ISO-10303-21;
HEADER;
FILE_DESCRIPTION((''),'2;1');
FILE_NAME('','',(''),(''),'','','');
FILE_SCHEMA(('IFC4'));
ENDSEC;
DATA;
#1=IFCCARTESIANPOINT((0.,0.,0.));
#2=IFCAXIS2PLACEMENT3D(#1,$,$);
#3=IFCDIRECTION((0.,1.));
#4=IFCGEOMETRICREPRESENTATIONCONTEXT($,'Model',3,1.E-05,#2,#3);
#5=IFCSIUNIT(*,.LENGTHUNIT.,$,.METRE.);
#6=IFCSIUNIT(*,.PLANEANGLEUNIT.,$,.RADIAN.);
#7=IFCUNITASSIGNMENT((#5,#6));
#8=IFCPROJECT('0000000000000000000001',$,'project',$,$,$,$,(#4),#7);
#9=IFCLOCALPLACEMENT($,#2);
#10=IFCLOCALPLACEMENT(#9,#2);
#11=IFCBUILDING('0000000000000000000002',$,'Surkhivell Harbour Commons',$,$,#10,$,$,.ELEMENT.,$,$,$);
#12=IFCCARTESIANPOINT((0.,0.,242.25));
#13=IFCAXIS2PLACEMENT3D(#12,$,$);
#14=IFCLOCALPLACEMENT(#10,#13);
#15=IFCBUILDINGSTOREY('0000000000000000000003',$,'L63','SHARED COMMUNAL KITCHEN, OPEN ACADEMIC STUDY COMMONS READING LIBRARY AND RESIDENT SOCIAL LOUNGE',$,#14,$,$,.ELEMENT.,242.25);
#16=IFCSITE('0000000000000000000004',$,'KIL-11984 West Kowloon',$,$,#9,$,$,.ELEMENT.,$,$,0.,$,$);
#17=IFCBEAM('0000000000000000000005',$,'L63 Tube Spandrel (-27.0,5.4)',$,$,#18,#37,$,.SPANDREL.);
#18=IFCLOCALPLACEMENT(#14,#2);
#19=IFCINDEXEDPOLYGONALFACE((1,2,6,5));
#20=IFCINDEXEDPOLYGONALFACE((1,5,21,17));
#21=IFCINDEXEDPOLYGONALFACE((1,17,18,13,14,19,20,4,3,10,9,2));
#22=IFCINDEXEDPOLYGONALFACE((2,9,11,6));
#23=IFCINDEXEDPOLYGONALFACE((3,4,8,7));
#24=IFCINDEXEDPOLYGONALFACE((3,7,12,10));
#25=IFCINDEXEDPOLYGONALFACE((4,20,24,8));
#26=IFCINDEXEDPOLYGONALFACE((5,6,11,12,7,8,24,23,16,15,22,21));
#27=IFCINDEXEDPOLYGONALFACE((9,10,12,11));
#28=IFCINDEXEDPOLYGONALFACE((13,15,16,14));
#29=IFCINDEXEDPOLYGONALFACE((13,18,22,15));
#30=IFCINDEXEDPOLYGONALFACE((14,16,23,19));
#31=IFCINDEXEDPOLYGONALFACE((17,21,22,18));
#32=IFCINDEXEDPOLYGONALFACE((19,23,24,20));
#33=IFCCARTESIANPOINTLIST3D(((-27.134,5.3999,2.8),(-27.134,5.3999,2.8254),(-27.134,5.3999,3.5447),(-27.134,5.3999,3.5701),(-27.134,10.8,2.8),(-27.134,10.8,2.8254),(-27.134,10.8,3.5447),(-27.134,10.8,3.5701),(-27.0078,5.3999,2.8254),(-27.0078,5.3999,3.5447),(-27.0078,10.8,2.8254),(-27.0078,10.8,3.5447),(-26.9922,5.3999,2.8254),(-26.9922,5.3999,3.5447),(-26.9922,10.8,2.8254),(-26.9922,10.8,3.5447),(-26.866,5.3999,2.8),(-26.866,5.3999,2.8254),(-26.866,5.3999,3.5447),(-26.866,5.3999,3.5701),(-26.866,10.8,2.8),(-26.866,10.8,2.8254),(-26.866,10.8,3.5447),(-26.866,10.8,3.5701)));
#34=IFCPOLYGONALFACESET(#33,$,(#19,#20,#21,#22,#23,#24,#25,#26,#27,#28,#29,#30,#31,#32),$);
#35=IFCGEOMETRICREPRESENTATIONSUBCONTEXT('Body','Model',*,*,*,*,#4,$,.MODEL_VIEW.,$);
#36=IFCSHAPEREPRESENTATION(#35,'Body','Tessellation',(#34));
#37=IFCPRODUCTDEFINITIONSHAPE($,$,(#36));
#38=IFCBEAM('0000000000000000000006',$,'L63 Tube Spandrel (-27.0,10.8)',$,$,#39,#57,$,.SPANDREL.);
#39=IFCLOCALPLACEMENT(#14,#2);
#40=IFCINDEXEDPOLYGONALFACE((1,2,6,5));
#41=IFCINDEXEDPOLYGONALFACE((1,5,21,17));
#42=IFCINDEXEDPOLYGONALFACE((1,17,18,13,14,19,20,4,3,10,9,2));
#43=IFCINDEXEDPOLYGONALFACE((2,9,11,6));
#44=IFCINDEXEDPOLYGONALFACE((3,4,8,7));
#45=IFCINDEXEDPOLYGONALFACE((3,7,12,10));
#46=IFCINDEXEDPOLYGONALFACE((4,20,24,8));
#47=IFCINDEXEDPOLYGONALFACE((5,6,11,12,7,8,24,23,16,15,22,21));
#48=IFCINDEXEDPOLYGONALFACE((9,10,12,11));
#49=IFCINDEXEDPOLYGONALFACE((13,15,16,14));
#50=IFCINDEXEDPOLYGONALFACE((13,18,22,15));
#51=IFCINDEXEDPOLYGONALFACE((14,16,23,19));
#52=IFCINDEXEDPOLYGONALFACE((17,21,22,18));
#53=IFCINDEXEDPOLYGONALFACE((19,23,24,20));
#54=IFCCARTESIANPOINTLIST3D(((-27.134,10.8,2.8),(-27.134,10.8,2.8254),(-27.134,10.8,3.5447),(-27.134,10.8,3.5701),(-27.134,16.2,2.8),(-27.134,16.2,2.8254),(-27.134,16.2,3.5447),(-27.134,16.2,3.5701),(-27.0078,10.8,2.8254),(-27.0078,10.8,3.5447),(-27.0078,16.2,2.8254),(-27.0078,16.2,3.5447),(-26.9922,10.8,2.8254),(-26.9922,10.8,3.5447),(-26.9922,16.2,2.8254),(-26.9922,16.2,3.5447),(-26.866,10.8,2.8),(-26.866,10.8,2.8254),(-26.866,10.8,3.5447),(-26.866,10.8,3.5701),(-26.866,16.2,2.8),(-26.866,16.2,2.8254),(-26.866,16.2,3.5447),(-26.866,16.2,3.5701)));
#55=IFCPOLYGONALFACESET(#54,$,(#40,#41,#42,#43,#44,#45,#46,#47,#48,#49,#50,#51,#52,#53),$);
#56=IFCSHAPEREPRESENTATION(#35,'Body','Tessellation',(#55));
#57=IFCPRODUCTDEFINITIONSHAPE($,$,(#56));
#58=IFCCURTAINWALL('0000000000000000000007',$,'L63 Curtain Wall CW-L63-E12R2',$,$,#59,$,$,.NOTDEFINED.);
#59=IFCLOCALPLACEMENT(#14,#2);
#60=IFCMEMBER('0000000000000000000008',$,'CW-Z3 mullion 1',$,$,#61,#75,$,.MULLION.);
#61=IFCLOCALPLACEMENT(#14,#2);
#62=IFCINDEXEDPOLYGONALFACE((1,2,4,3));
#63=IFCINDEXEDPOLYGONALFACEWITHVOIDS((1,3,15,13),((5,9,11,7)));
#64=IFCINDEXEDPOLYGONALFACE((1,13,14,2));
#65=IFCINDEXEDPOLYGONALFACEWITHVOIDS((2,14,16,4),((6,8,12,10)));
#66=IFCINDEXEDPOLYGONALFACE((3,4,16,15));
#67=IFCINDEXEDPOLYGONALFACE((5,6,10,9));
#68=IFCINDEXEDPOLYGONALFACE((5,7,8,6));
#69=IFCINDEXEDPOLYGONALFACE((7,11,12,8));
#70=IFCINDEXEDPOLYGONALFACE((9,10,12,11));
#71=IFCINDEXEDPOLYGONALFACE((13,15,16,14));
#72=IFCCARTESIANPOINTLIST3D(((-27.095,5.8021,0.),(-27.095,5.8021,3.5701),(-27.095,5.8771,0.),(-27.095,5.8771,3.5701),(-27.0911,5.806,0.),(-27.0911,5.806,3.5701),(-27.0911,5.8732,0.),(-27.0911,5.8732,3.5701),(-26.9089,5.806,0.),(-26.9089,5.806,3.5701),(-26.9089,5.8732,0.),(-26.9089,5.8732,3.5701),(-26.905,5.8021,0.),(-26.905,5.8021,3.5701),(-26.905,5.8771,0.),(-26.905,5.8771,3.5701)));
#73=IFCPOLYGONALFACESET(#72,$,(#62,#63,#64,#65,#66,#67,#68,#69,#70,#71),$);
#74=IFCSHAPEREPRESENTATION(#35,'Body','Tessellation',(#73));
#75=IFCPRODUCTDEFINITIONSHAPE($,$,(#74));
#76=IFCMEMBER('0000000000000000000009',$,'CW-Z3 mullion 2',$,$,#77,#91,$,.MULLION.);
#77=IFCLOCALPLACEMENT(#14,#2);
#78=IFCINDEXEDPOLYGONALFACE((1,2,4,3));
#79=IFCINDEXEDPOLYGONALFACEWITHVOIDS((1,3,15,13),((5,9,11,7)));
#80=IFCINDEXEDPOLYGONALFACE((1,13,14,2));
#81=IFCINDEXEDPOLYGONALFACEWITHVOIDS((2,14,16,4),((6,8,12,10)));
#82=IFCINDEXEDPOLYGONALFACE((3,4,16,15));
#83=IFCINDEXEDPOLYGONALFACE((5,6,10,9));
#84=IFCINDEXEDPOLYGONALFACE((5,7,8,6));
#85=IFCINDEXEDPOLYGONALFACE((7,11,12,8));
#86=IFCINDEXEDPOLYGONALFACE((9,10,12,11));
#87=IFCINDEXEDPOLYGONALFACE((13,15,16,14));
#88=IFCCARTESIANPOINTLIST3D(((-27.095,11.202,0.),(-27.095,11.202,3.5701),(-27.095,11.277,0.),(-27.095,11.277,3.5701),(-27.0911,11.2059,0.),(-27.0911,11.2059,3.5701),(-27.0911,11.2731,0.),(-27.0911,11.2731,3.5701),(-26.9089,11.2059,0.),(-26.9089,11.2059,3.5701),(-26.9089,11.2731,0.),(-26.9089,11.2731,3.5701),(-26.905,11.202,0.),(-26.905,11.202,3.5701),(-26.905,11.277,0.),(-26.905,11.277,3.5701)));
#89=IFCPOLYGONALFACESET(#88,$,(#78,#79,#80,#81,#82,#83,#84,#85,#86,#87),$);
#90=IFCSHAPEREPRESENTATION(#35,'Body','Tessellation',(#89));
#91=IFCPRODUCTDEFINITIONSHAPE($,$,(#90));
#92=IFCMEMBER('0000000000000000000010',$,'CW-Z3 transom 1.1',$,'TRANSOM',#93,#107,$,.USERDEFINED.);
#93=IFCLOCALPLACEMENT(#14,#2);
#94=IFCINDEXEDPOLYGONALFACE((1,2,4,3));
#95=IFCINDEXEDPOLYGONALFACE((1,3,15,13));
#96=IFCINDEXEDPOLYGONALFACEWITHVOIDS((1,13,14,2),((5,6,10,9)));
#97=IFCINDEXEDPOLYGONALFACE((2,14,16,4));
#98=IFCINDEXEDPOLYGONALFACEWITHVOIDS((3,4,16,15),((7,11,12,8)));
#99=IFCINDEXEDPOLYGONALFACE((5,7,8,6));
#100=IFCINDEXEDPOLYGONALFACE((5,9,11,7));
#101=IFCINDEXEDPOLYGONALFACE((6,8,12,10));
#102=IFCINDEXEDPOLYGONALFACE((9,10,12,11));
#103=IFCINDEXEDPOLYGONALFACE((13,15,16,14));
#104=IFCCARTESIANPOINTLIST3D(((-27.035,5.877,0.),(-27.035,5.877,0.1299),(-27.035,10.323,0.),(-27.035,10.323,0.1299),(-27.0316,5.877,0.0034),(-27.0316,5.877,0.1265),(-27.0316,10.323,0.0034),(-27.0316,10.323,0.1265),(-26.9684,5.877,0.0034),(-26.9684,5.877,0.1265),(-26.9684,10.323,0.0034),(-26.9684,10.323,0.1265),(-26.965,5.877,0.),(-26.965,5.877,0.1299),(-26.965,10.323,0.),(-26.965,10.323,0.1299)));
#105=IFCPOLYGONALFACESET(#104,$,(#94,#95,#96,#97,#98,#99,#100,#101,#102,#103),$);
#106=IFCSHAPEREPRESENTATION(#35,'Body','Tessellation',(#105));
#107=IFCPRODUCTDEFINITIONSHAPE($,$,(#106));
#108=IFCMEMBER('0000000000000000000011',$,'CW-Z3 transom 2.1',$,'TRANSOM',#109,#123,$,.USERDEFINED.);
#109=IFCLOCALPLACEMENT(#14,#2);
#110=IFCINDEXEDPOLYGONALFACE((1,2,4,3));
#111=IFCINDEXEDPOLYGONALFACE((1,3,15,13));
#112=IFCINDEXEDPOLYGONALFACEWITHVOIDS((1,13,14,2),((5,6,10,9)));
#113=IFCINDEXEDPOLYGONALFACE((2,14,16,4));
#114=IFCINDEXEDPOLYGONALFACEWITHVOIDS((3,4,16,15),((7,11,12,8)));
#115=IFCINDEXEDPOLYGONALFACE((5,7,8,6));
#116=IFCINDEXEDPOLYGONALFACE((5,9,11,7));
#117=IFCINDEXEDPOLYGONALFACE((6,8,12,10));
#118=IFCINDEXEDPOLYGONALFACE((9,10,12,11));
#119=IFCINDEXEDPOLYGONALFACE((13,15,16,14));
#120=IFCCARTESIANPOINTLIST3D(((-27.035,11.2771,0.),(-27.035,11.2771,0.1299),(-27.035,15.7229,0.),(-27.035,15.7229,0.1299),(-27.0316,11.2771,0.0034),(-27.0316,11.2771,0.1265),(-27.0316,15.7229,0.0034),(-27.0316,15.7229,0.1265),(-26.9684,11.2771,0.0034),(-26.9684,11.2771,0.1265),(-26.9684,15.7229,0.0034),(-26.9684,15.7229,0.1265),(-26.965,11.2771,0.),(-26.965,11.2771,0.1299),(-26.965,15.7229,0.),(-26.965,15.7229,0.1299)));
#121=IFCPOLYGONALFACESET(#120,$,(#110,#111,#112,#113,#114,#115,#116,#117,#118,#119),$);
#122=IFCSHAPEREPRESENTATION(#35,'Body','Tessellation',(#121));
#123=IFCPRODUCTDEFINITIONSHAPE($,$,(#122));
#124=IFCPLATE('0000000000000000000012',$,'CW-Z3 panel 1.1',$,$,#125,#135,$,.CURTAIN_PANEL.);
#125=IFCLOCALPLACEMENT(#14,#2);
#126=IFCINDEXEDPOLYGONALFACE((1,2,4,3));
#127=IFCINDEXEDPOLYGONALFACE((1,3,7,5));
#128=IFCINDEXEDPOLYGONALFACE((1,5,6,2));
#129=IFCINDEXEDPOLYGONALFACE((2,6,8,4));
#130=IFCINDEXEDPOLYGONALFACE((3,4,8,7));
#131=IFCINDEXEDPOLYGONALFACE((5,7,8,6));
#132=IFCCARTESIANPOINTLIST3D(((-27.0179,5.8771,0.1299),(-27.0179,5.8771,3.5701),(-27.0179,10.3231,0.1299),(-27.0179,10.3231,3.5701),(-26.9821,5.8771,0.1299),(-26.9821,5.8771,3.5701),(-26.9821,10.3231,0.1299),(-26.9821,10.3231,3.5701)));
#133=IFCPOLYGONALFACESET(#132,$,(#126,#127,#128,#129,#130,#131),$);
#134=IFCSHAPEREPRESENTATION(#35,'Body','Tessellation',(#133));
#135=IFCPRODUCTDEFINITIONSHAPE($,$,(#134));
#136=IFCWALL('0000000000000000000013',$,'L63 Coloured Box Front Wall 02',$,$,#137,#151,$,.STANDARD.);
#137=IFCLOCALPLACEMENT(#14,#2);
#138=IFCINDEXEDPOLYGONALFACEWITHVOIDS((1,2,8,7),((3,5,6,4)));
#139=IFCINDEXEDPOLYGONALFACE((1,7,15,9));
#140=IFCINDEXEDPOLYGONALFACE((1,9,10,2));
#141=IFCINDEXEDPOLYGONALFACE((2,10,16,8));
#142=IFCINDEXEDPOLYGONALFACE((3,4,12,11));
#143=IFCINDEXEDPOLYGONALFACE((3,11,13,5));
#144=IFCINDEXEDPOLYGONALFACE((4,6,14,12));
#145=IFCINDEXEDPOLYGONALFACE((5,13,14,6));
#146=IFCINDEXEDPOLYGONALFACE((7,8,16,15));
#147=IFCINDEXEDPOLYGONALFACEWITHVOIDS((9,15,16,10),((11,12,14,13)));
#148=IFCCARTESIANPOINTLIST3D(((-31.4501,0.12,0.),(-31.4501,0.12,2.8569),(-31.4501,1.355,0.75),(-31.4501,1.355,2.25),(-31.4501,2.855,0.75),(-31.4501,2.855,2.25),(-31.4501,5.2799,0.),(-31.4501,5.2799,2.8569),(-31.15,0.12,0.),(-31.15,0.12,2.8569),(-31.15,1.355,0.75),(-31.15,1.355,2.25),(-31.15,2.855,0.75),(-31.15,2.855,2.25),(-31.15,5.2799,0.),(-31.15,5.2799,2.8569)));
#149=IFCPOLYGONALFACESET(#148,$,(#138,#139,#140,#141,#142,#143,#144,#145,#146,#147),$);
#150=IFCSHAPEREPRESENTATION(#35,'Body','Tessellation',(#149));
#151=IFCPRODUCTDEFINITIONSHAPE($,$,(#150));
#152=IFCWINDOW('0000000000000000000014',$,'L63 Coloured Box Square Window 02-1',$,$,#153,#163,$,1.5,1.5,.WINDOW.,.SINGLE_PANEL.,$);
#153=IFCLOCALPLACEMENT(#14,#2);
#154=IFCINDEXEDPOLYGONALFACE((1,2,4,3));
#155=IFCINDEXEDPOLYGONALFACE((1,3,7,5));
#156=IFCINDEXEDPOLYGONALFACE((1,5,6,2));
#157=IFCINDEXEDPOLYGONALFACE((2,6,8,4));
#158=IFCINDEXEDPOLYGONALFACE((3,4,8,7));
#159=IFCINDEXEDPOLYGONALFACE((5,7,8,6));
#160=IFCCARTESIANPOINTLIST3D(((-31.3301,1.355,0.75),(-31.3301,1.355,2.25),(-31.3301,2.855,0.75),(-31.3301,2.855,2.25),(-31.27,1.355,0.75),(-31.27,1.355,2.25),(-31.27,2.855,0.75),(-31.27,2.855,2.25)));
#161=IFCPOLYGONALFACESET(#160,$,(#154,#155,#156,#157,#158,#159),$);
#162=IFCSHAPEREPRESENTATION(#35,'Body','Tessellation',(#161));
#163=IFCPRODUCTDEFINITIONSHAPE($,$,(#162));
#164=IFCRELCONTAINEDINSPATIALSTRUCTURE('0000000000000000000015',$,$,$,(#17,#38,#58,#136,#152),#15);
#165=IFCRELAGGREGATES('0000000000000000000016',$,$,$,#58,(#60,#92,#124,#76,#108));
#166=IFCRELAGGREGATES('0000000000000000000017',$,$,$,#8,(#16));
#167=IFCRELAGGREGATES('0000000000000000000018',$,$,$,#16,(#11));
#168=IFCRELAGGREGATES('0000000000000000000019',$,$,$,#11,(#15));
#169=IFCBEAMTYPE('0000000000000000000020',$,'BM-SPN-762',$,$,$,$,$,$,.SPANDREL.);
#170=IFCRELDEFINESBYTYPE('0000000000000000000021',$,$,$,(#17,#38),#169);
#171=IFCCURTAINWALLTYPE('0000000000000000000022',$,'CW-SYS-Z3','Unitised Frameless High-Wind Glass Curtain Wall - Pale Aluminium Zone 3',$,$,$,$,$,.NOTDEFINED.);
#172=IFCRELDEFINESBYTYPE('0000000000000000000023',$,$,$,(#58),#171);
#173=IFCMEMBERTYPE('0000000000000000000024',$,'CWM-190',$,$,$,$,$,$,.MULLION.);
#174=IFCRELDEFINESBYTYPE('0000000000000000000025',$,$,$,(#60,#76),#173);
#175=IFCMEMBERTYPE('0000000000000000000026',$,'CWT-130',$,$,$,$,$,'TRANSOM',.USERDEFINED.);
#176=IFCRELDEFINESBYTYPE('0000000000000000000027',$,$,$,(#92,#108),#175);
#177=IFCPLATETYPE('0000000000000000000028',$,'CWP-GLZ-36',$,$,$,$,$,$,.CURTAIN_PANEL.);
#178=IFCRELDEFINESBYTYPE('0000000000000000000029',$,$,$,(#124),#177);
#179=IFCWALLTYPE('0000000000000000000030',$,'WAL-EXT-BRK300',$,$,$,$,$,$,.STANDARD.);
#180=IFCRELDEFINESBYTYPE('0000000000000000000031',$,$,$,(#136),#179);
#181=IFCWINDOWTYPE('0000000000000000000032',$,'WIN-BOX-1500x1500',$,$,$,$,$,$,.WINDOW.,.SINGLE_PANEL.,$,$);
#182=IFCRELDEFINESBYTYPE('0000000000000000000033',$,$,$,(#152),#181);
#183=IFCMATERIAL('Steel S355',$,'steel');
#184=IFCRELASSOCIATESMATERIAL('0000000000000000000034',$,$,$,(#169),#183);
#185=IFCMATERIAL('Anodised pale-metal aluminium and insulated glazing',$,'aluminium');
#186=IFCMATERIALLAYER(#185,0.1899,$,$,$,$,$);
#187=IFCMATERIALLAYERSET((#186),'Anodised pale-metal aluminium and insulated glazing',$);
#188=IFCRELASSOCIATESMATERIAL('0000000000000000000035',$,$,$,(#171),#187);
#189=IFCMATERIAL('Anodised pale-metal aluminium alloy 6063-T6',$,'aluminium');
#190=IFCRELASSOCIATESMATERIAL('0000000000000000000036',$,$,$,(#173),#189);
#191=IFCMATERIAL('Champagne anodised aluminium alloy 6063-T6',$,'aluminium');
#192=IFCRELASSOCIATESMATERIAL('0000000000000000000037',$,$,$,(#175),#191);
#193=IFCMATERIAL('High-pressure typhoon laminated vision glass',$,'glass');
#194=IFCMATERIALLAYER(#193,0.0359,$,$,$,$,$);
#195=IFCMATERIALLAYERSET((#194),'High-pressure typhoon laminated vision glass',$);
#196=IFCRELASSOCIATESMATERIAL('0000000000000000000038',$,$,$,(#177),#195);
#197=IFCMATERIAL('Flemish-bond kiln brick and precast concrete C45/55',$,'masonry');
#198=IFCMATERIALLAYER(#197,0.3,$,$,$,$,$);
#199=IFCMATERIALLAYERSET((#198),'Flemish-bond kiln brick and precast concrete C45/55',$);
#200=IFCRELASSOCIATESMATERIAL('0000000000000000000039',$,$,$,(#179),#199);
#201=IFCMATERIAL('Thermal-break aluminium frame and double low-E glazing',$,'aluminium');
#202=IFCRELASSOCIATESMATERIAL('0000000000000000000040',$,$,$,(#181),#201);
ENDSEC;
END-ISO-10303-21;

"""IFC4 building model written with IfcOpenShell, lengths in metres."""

from ifc_helpers import new_model, si_unit, direction, frame, frame_2d, origin, origin_2d, place, context, subcontext, project, spatial, rectangle, hollow_rectangle, i_section, extrude, material, layer, layer_set, material_profile, profile_set, type_object, element, fill, aggregate, save


model = new_model("IFC4")

# Units and contexts
model_context = context("Model", 3, precision=1e-05, world=origin(), true_north=direction((0.0, 1.0)))
body_context = subcontext(model_context, "Body", "Model", "MODEL_VIEW")
ifc_project = project(units=[si_unit("LENGTHUNIT", "METRE"), si_unit("PLANEANGLEUNIT", "RADIAN")], contexts=[model_context])

# Site, building, storey
site_placement = place(None, origin())
site = spatial("IfcSite", under=ifc_project, at=site_placement, Name="KIL-11984 West Kowloon", CompositionType="ELEMENT", RefElevation=0.0)
building_placement = place(site_placement, origin())
building = spatial("IfcBuilding", under=site, at=building_placement, Name="Surkhivell Harbour Commons", CompositionType="ELEMENT")
storey_placement = place(building_placement, frame((0.0, 0.0, 242.25)))
storey = spatial("IfcBuildingStorey", under=building, at=storey_placement, Name="L63", Description="SHARED COMMUNAL KITCHEN, OPEN ACADEMIC STUDY COMMONS READING LIBRARY AND RESIDENT SOCIAL LOUNGE", CompositionType="ELEMENT", Elevation=242.25)

# Beams
ifc_material_1 = material(Name="Steel S355", Category="steel")
ifc_material_profile_1 = material_profile(ifc_material_1, i_section(OverallWidth=0.2681, OverallDepth=0.77, WebThickness=0.0156, FlangeThickness=0.0254, at=origin_2d()), Name="UB762x267x197")
ifc_profile_set_1 = profile_set([ifc_material_profile_1], Name="Steel S355")
beam_type_1 = type_object("IfcBeamType", Name="BM-SPN-762", PredefinedType="SPANDREL", material=ifc_profile_set_1)
beam_1_placement = place(storey_placement, frame((-27.0, 5.3999, 3.1851), z_axis=(0.0, 1.0, 0.0), x_axis=(-1.0, 0.0, 0.0)))
element("IfcBeam", 1, at=beam_1_placement, inside=storey, type_object=beam_type_1, Name="L63 Tube Spandrel (-27.0,5.4)", PredefinedType="SPANDREL", context=body_context, shape_type="SweptSolid", body=[
    extrude(i_section(OverallWidth=0.2681, OverallDepth=0.77, WebThickness=0.0156, FlangeThickness=0.0254, at=origin_2d()), origin(), (0.0, 0.0, 1.0), 5.4001),
])
beam_2_placement = place(storey_placement, frame((-27.0, 10.8, 3.1851), z_axis=(0.0, 1.0, 0.0), x_axis=(-1.0, 0.0, 0.0)))
element("IfcBeam", 2, at=beam_2_placement, inside=storey, type_object=beam_type_1, Name="L63 Tube Spandrel (-27.0,10.8)", PredefinedType="SPANDREL", context=body_context, shape_type="SweptSolid", body=[
    extrude(i_section(OverallWidth=0.2681, OverallDepth=0.77, WebThickness=0.0156, FlangeThickness=0.0254, at=origin_2d()), origin(), (0.0, 0.0, 1.0), 5.3999),
])

# Curtain wall, members, plate
ifc_material_2 = material(Name="Anodised pale-metal aluminium and insulated glazing", Category="aluminium")
ifc_layer_1 = layer(ifc_material_2, 0.1899)
ifc_layer_set_1 = layer_set([ifc_layer_1], Name="Anodised pale-metal aluminium and insulated glazing")
curtain_wall_type = type_object("IfcCurtainWallType", Name="CW-SYS-Z3", Description="Unitised Frameless High-Wind Glass Curtain Wall - Pale Aluminium Zone 3", PredefinedType="NOTDEFINED", material=ifc_layer_set_1)
curtain_wall_placement = place(storey_placement, origin())
curtain_wall = element("IfcCurtainWall", 3, at=curtain_wall_placement, inside=storey, type_object=curtain_wall_type, Name="L63 Curtain Wall CW-L63-E12R2", PredefinedType="NOTDEFINED")
ifc_material_3 = material(Name="Anodised pale-metal aluminium alloy 6063-T6", Category="aluminium")
ifc_material_profile_2 = material_profile(ifc_material_3, hollow_rectangle(XDim=0.075, YDim=0.1899, WallThickness=0.0039, at=origin_2d()), Name="ALU-MULL-75x190")
ifc_profile_set_2 = profile_set([ifc_material_profile_2], Name="Anodised pale-metal aluminium alloy 6063-T6")
member_type_1 = type_object("IfcMemberType", Name="CWM-190", PredefinedType="MULLION", material=ifc_profile_set_2)
member_1_placement = place(storey_placement, frame((-27.0, 5.8396, 0.0), z_axis=(0.0, 0.0, 1.0), x_axis=(0.0, 1.0, 0.0)))
member_1 = element("IfcMember", 4, at=member_1_placement, type_object=member_type_1, Name="CW-Z3 mullion 1", PredefinedType="MULLION", context=body_context, shape_type="SweptSolid", body=[
    extrude(hollow_rectangle(XDim=0.075, YDim=0.1899, WallThickness=0.0039, at=origin_2d()), origin(), (0.0, 0.0, 1.0), 3.5701),
])
member_2_placement = place(storey_placement, frame((-27.0, 11.2395, 0.0), z_axis=(0.0, 0.0, 1.0), x_axis=(0.0, 1.0, 0.0)))
member_2 = element("IfcMember", 5, at=member_2_placement, type_object=member_type_1, Name="CW-Z3 mullion 2", PredefinedType="MULLION", context=body_context, shape_type="SweptSolid", body=[
    extrude(hollow_rectangle(XDim=0.075, YDim=0.1899, WallThickness=0.0039, at=origin_2d()), origin(), (0.0, 0.0, 1.0), 3.5701),
])
ifc_material_4 = material(Name="Champagne anodised aluminium alloy 6063-T6", Category="aluminium")
ifc_material_profile_3 = material_profile(ifc_material_4, hollow_rectangle(XDim=0.0701, YDim=0.1299, WallThickness=0.0034, at=origin_2d()), Name="ALU-TRAN-70x130")
ifc_profile_set_3 = profile_set([ifc_material_profile_3], Name="Champagne anodised aluminium alloy 6063-T6")
member_type_2 = type_object("IfcMemberType", Name="CWT-130", ElementType="TRANSOM", PredefinedType="USERDEFINED", material=ifc_profile_set_3)
member_3_placement = place(storey_placement, frame((-27.0, 5.877, 0.0649), z_axis=(0.0, 1.0, 0.0), x_axis=(-1.0, 0.0, 0.0)))
member_3 = element("IfcMember", 6, at=member_3_placement, type_object=member_type_2, Name="CW-Z3 transom 1.1", ObjectType="TRANSOM", PredefinedType="USERDEFINED", context=body_context, shape_type="SweptSolid", body=[
    extrude(hollow_rectangle(XDim=0.0701, YDim=0.1299, WallThickness=0.0034, at=origin_2d()), origin(), (0.0, 0.0, 1.0), 4.446),
])
member_4_placement = place(storey_placement, frame((-27.0, 11.2771, 0.0649), z_axis=(0.0, 1.0, 0.0), x_axis=(-1.0, 0.0, 0.0)))
member_4 = element("IfcMember", 7, at=member_4_placement, type_object=member_type_2, Name="CW-Z3 transom 2.1", ObjectType="TRANSOM", PredefinedType="USERDEFINED", context=body_context, shape_type="SweptSolid", body=[
    extrude(hollow_rectangle(XDim=0.0701, YDim=0.1299, WallThickness=0.0034, at=origin_2d()), origin(), (0.0, 0.0, 1.0), 4.4458),
])
ifc_material_5 = material(Name="High-pressure typhoon laminated vision glass", Category="glass")
ifc_layer_2 = layer(ifc_material_5, 0.0359)
ifc_layer_set_2 = layer_set([ifc_layer_2], Name="High-pressure typhoon laminated vision glass")
plate_type = type_object("IfcPlateType", Name="CWP-GLZ-36", PredefinedType="CURTAIN_PANEL", material=ifc_layer_set_2)
plate_placement = place(storey_placement, frame((-27.0, 5.877, 0.1299), z_axis=(0.0, 0.0, 1.0), x_axis=(0.0, 1.0, 0.0)))
plate = element("IfcPlate", 8, at=plate_placement, type_object=plate_type, Name="CW-Z3 panel 1.1", PredefinedType="CURTAIN_PANEL", context=body_context, shape_type="SweptSolid", body=[
    extrude(rectangle(XDim=4.446, YDim=0.0359, at=frame_2d((2.2231, 0.0))), origin(), (0.0, 0.0, 1.0), 3.4402),
])
aggregate(curtain_wall, [member_1, member_3, plate, member_2, member_4])

# Wall, opening, window
ifc_material_6 = material(Name="Flemish-bond kiln brick and precast concrete C45/55", Category="masonry")
ifc_layer_3 = layer(ifc_material_6, 0.3)
ifc_layer_set_3 = layer_set([ifc_layer_3], Name="Flemish-bond kiln brick and precast concrete C45/55")
wall_type_1 = type_object("IfcWallType", Name="WAL-EXT-BRK300", PredefinedType="STANDARD", material=ifc_layer_set_3)
wall_1_placement = place(storey_placement, frame((-31.3, 5.28, 0.0), z_axis=(0.0, 0.0, 1.0), x_axis=(0.0, -1.0, 0.0)))
wall_1 = element("IfcWall", 9, at=wall_1_placement, inside=storey, type_object=wall_type_1, Name="L63 Coloured Box Front Wall 02", PredefinedType="STANDARD", context=body_context, shape_type="SweptSolid", body=[
    extrude(rectangle(XDim=5.1599, YDim=0.3, at=frame_2d((2.5801, 0.0))), origin(), (0.0, 0.0, 1.0), 2.8569),
])
opening_1_placement = place(wall_1_placement, frame((2.425, 0.0, 0.75)))
opening_1 = element("IfcOpeningElement", 10, at=opening_1_placement, cuts=wall_1, PredefinedType="OPENING", context=body_context, shape_type="SweptSolid", body=[
    extrude(rectangle(XDim=1.5, YDim=1.5, at=frame_2d((0.75, 0.75))), frame((0.0, 0.1599, 0.0), z_axis=(0.0, -1.0, 0.0), x_axis=(1.0, 0.0, 0.0)), (0.0, 0.0, 1.0), 0.3201),
])
ifc_material_7 = material(Name="Thermal-break aluminium frame and double low-E glazing", Category="aluminium")
window_type_1 = type_object("IfcWindowType", Name="WIN-BOX-1500x1500", PartitioningType="SINGLE_PANEL", PredefinedType="WINDOW", material=ifc_material_7)
window_1_placement = place(opening_1_placement, origin())
window_1 = element("IfcWindow", 11, at=window_1_placement, inside=storey, type_object=window_type_1, Name="L63 Coloured Box Square Window 02-1", OverallHeight=1.5, OverallWidth=1.5, PartitioningType="SINGLE_PANEL", PredefinedType="WINDOW", context=body_context, shape_type="SweptSolid", body=[
    extrude(rectangle(XDim=1.5, YDim=1.5, at=frame_2d((0.75, 0.75))), frame((0.0, 0.03, 0.0), z_axis=(0.0, -1.0, 0.0), x_axis=(1.0, 0.0, 0.0)), (0.0, 0.0, 1.0), 0.0601),
])
fill(opening_1, window_1)

save(model, "model.ifc")
